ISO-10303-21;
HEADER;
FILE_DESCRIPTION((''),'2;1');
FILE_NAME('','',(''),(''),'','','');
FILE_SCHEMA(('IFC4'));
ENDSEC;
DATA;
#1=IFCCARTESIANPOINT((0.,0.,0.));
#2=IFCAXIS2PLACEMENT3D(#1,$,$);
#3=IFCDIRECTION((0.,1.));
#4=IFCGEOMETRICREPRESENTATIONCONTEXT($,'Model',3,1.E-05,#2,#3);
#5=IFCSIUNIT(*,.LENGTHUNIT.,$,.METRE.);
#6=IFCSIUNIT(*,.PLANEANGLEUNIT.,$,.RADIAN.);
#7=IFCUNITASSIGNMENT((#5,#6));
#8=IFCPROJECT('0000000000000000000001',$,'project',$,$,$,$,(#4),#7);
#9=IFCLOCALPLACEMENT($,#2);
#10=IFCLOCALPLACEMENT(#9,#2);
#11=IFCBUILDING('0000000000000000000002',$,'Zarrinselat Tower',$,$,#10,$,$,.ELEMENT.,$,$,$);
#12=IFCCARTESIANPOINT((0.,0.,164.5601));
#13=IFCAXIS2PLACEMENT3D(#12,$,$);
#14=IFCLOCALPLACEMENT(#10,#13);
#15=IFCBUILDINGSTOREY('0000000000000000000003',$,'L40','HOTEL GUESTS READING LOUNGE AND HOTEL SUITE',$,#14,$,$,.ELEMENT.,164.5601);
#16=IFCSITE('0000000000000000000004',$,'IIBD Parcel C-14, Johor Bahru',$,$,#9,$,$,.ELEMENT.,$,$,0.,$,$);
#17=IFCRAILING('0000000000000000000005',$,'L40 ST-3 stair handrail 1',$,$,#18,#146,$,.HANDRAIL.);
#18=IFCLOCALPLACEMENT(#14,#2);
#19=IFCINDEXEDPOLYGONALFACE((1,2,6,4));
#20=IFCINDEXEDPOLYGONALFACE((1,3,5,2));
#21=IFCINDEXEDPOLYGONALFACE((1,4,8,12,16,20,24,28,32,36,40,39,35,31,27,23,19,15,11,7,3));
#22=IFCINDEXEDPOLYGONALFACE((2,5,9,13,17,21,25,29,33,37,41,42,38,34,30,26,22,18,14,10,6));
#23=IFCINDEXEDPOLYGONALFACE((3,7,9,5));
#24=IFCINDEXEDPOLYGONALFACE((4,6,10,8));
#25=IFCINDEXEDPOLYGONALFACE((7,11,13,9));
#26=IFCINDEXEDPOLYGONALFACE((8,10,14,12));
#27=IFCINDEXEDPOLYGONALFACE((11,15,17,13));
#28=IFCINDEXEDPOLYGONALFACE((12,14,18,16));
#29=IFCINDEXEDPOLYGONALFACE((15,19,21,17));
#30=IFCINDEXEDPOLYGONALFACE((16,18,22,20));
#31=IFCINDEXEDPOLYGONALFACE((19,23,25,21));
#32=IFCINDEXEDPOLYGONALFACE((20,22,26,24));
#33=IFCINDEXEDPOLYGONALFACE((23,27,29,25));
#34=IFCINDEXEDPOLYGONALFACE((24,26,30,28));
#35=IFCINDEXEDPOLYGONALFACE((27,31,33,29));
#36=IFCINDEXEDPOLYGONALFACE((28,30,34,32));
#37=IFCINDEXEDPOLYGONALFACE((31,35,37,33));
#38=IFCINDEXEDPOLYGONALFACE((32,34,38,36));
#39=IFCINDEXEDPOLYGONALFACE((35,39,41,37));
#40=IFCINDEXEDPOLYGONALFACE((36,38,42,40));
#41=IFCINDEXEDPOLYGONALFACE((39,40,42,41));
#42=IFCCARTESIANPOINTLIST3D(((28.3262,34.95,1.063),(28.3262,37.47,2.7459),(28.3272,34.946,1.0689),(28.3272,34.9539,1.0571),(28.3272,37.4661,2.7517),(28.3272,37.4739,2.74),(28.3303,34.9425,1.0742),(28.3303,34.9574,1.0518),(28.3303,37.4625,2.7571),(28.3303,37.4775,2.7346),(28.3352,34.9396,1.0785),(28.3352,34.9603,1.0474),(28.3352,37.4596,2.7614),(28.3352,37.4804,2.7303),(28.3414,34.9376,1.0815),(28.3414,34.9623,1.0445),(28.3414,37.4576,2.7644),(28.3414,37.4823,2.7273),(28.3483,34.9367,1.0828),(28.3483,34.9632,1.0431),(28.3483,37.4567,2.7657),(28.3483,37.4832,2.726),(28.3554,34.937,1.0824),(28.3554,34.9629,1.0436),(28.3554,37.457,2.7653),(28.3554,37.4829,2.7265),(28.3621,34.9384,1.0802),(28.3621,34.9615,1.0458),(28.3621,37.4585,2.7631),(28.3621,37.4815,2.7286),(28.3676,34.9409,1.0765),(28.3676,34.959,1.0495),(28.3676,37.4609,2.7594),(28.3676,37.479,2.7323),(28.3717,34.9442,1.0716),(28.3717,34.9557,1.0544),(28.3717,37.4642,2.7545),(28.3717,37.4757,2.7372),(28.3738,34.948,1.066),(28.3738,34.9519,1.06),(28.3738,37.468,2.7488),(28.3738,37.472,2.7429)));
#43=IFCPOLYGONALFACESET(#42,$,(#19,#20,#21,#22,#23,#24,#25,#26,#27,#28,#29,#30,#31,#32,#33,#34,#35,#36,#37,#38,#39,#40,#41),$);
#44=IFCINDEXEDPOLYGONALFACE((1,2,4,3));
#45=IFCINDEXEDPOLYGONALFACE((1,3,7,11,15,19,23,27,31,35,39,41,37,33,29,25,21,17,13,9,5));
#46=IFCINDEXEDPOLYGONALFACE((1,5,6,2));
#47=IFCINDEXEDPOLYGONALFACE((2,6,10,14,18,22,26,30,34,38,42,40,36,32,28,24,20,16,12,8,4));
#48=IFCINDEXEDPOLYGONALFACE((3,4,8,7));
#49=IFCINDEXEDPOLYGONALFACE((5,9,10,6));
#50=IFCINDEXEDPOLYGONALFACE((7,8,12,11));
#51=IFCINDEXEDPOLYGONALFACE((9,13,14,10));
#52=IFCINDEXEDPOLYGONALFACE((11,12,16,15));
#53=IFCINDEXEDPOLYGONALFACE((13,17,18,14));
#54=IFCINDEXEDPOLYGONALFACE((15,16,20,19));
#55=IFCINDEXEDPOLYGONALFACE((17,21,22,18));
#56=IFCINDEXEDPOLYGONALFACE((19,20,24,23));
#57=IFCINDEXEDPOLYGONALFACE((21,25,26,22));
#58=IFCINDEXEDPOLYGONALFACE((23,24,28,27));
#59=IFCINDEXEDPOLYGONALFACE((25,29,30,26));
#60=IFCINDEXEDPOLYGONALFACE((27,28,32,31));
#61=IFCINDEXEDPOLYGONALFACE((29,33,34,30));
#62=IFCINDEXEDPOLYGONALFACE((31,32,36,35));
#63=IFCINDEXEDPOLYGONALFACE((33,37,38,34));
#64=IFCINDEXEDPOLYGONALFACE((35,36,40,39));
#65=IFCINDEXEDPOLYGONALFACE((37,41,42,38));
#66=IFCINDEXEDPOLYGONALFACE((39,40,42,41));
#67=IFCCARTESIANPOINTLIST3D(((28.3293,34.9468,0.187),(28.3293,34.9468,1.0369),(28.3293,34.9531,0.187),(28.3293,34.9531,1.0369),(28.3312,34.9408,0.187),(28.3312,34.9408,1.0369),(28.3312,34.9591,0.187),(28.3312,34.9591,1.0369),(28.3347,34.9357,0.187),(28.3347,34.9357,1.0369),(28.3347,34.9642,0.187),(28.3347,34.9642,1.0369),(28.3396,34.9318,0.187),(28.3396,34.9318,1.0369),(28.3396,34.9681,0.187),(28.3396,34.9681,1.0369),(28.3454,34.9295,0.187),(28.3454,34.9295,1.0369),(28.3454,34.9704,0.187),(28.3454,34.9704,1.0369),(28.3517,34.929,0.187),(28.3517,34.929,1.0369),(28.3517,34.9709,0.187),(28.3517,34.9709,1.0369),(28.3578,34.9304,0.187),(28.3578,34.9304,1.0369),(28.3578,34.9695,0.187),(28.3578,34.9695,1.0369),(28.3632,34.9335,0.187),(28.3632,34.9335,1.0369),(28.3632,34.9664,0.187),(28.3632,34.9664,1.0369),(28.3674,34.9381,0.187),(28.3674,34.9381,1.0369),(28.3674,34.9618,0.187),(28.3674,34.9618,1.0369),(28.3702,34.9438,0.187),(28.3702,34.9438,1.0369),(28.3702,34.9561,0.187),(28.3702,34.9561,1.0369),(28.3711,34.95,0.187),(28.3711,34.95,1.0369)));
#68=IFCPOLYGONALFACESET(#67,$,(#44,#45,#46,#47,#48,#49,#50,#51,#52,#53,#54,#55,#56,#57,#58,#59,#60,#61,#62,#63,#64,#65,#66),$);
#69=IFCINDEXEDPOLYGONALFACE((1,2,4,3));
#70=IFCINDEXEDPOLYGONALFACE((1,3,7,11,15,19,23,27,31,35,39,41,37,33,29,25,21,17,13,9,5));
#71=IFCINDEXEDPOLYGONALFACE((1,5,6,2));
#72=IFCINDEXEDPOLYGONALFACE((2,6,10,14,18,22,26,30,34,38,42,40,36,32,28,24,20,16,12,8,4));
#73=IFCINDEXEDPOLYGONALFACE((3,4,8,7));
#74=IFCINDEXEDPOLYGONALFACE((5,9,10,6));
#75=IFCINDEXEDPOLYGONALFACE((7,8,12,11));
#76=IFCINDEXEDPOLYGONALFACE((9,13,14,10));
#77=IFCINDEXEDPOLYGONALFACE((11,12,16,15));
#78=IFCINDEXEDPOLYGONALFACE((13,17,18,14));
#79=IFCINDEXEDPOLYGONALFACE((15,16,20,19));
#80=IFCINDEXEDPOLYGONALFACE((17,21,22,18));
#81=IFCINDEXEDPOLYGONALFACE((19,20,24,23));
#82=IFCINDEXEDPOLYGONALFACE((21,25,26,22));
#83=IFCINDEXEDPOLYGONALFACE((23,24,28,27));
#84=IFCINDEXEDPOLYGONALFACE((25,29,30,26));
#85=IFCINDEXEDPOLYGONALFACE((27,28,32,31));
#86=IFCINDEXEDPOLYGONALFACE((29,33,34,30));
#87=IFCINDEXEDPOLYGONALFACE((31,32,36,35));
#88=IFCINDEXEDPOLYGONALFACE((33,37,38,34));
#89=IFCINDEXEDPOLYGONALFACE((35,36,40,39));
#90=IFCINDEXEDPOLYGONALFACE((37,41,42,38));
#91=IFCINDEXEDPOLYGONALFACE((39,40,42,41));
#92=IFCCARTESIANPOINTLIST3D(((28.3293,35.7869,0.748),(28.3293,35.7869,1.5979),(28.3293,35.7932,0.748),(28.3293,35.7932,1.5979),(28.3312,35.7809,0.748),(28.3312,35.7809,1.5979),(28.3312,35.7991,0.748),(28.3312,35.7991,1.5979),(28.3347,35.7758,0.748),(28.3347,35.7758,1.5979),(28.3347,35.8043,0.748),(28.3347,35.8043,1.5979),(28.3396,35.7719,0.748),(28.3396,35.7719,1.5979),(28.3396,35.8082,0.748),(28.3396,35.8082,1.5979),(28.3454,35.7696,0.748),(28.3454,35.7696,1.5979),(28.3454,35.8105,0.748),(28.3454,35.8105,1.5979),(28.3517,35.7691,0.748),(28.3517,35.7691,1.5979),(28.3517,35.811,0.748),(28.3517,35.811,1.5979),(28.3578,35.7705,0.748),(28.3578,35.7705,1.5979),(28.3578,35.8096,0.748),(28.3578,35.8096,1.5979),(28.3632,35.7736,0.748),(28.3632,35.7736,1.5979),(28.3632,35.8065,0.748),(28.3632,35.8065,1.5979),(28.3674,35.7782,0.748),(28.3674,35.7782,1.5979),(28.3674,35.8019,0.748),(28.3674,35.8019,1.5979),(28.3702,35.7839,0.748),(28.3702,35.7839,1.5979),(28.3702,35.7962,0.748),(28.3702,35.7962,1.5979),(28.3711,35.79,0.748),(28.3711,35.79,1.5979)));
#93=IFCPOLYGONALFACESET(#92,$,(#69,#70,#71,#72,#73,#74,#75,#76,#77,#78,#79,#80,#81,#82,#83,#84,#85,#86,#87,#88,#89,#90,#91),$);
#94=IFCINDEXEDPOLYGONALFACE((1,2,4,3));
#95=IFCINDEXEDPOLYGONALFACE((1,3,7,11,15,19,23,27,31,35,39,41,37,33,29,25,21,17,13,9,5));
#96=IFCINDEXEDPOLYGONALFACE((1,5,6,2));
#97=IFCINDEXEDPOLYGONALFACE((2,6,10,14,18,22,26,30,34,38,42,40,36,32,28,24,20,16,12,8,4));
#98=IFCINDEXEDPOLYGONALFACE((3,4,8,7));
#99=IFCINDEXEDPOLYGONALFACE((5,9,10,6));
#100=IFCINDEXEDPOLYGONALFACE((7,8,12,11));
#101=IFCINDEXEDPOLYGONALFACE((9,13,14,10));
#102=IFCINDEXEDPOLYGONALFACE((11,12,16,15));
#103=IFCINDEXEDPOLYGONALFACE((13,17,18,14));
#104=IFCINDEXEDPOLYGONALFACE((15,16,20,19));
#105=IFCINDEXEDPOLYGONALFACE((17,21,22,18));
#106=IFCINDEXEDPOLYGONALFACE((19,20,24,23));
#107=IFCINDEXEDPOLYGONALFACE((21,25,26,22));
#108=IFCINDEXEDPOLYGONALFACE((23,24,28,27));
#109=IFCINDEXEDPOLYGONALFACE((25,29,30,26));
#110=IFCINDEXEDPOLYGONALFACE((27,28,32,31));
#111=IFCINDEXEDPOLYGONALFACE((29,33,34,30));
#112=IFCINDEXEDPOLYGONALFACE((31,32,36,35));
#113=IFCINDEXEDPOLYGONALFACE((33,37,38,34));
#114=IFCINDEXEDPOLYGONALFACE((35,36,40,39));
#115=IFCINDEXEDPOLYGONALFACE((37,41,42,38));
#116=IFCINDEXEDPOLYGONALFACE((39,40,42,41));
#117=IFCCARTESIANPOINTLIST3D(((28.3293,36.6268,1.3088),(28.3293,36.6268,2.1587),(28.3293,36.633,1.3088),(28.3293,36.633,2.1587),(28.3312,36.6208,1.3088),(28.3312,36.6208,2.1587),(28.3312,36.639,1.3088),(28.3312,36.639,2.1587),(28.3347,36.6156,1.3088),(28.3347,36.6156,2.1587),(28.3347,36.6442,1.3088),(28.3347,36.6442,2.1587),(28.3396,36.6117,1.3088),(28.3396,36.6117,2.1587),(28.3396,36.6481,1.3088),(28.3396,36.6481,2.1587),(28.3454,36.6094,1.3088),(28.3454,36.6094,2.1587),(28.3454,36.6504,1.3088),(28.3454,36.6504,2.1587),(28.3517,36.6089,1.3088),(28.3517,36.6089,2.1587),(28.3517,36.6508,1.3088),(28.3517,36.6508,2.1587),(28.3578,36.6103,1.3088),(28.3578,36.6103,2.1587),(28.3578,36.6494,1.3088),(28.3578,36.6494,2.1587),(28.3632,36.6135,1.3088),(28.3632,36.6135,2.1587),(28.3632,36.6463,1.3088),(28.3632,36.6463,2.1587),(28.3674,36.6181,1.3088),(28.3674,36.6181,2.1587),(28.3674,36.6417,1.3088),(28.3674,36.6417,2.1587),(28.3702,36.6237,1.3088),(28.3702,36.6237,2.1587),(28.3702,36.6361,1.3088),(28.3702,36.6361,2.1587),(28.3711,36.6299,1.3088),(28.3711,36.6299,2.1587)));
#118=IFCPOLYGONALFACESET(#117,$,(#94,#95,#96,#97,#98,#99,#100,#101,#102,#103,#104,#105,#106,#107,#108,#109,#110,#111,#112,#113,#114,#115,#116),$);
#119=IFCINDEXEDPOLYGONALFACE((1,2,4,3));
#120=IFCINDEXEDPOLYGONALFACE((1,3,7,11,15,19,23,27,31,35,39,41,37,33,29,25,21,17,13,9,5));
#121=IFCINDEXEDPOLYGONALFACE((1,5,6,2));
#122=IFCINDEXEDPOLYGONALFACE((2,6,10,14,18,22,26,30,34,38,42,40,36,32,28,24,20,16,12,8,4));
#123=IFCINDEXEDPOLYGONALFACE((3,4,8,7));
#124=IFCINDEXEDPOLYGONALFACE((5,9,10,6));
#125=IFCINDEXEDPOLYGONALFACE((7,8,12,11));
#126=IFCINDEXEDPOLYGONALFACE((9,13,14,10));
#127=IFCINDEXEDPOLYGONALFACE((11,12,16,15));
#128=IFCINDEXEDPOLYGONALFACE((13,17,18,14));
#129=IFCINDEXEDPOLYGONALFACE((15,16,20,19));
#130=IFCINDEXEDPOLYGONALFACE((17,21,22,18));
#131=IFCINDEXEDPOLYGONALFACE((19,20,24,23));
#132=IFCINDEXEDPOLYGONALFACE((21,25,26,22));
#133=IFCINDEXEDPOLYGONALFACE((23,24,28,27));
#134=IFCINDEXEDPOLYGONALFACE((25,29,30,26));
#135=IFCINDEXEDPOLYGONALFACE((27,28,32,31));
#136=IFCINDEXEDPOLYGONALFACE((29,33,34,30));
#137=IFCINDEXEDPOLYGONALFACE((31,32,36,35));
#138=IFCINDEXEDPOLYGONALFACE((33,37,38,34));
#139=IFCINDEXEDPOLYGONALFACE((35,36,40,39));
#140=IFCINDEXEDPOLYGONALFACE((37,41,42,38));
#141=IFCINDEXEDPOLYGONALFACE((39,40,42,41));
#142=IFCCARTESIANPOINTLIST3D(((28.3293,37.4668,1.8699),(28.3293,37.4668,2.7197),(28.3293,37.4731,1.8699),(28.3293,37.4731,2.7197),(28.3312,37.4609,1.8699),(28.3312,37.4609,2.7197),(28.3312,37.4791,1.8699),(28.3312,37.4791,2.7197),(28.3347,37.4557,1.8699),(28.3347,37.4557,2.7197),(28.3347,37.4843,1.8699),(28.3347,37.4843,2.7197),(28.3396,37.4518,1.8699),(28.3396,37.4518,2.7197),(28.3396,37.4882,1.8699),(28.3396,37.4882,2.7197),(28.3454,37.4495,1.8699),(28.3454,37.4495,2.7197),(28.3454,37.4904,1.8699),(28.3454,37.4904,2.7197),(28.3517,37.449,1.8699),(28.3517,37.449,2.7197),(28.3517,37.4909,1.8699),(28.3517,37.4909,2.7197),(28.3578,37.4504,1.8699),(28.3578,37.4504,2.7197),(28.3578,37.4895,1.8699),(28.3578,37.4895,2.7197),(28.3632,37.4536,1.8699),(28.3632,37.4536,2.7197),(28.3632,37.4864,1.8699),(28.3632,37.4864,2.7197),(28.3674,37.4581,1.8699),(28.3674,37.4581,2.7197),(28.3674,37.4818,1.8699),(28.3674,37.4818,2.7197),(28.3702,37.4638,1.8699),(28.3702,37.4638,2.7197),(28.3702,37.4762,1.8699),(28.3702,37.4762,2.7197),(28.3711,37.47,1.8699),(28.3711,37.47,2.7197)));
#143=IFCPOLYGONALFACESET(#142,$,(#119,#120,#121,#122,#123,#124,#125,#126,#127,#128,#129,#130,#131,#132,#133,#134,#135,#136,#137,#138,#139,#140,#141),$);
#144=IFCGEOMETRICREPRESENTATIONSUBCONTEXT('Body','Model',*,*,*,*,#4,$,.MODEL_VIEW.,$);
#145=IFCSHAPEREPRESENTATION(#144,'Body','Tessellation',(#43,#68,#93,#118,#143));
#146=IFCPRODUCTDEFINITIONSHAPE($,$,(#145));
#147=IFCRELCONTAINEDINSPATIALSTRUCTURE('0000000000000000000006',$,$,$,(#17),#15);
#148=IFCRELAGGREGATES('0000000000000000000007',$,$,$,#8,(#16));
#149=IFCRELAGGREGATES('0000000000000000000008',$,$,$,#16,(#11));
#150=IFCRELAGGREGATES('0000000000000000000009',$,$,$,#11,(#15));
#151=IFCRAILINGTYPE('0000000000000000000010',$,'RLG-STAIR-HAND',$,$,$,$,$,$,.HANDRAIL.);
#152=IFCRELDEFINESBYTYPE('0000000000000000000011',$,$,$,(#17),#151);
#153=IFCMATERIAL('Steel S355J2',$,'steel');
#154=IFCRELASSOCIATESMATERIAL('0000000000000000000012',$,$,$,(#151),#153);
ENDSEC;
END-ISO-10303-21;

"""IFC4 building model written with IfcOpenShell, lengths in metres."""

from ifc_helpers import new_model, si_unit, direction, frame, origin, origin_2d, place, context, subcontext, project, spatial, circle, extrude, material, type_object, element, save


model = new_model("IFC4")

# Units and contexts
model_context = context("Model", 3, precision=1e-05, world=origin(), true_north=direction((0.0, 1.0)))
body_context = subcontext(model_context, "Body", "Model", "MODEL_VIEW")
ifc_project = project(units=[si_unit("LENGTHUNIT", "METRE"), si_unit("PLANEANGLEUNIT", "RADIAN")], contexts=[model_context])

# Site, building, storey
site_placement = place(None, origin())
site = spatial("IfcSite", under=ifc_project, at=site_placement, Name="IIBD Parcel C-14, Johor Bahru", CompositionType="ELEMENT", RefElevation=0.0)
building_placement = place(site_placement, origin())
building = spatial("IfcBuilding", under=site, at=building_placement, Name="Zarrinselat Tower", CompositionType="ELEMENT")
storey_placement = place(building_placement, frame((0.0, 0.0, 164.5601)))
storey = spatial("IfcBuildingStorey", under=building, at=storey_placement, Name="L40", Description="HOTEL GUESTS READING LOUNGE AND HOTEL SUITE", CompositionType="ELEMENT", Elevation=164.5601)

# Railing
ifc_material_1 = material(Name="Steel S355J2", Category="steel")
railing_type_1 = type_object("IfcRailingType", Name="RLG-STAIR-HAND", PredefinedType="HANDRAIL", material=ifc_material_1)
railing_1_placement = place(storey_placement, frame((28.3501, 34.95, 0.187)))
element("IfcRailing", 1, at=railing_1_placement, inside=storey, type_object=railing_type_1, Name="L40 ST-3 stair handrail 1", PredefinedType="HANDRAIL", context=body_context, shape_type="SweptSolid", body=[
    extrude(circle(Radius=0.0239, at=origin_2d()), frame((0.0, 0.0, 0.876), z_axis=(0.0, 0.831616, 0.555351), x_axis=(-1.0, 0.0, 0.0)), (0.0, 0.0, 1.0), 3.0303),
    extrude(circle(Radius=0.021, at=origin_2d()), origin(), (0.0, 0.0, 1.0), 0.8499),
    extrude(circle(Radius=0.021, at=origin_2d()), frame((0.0, 0.8401, 0.561)), (0.0, 0.0, 1.0), 0.8499),
    extrude(circle(Radius=0.021, at=origin_2d()), frame((0.0, 1.6799, 1.1218)), (0.0, 0.0, 1.0), 0.8499),
    extrude(circle(Radius=0.021, at=origin_2d()), frame((0.0, 2.52, 1.6829)), (0.0, 0.0, 1.0), 0.8499),
])

save(model, "model.ifc")
